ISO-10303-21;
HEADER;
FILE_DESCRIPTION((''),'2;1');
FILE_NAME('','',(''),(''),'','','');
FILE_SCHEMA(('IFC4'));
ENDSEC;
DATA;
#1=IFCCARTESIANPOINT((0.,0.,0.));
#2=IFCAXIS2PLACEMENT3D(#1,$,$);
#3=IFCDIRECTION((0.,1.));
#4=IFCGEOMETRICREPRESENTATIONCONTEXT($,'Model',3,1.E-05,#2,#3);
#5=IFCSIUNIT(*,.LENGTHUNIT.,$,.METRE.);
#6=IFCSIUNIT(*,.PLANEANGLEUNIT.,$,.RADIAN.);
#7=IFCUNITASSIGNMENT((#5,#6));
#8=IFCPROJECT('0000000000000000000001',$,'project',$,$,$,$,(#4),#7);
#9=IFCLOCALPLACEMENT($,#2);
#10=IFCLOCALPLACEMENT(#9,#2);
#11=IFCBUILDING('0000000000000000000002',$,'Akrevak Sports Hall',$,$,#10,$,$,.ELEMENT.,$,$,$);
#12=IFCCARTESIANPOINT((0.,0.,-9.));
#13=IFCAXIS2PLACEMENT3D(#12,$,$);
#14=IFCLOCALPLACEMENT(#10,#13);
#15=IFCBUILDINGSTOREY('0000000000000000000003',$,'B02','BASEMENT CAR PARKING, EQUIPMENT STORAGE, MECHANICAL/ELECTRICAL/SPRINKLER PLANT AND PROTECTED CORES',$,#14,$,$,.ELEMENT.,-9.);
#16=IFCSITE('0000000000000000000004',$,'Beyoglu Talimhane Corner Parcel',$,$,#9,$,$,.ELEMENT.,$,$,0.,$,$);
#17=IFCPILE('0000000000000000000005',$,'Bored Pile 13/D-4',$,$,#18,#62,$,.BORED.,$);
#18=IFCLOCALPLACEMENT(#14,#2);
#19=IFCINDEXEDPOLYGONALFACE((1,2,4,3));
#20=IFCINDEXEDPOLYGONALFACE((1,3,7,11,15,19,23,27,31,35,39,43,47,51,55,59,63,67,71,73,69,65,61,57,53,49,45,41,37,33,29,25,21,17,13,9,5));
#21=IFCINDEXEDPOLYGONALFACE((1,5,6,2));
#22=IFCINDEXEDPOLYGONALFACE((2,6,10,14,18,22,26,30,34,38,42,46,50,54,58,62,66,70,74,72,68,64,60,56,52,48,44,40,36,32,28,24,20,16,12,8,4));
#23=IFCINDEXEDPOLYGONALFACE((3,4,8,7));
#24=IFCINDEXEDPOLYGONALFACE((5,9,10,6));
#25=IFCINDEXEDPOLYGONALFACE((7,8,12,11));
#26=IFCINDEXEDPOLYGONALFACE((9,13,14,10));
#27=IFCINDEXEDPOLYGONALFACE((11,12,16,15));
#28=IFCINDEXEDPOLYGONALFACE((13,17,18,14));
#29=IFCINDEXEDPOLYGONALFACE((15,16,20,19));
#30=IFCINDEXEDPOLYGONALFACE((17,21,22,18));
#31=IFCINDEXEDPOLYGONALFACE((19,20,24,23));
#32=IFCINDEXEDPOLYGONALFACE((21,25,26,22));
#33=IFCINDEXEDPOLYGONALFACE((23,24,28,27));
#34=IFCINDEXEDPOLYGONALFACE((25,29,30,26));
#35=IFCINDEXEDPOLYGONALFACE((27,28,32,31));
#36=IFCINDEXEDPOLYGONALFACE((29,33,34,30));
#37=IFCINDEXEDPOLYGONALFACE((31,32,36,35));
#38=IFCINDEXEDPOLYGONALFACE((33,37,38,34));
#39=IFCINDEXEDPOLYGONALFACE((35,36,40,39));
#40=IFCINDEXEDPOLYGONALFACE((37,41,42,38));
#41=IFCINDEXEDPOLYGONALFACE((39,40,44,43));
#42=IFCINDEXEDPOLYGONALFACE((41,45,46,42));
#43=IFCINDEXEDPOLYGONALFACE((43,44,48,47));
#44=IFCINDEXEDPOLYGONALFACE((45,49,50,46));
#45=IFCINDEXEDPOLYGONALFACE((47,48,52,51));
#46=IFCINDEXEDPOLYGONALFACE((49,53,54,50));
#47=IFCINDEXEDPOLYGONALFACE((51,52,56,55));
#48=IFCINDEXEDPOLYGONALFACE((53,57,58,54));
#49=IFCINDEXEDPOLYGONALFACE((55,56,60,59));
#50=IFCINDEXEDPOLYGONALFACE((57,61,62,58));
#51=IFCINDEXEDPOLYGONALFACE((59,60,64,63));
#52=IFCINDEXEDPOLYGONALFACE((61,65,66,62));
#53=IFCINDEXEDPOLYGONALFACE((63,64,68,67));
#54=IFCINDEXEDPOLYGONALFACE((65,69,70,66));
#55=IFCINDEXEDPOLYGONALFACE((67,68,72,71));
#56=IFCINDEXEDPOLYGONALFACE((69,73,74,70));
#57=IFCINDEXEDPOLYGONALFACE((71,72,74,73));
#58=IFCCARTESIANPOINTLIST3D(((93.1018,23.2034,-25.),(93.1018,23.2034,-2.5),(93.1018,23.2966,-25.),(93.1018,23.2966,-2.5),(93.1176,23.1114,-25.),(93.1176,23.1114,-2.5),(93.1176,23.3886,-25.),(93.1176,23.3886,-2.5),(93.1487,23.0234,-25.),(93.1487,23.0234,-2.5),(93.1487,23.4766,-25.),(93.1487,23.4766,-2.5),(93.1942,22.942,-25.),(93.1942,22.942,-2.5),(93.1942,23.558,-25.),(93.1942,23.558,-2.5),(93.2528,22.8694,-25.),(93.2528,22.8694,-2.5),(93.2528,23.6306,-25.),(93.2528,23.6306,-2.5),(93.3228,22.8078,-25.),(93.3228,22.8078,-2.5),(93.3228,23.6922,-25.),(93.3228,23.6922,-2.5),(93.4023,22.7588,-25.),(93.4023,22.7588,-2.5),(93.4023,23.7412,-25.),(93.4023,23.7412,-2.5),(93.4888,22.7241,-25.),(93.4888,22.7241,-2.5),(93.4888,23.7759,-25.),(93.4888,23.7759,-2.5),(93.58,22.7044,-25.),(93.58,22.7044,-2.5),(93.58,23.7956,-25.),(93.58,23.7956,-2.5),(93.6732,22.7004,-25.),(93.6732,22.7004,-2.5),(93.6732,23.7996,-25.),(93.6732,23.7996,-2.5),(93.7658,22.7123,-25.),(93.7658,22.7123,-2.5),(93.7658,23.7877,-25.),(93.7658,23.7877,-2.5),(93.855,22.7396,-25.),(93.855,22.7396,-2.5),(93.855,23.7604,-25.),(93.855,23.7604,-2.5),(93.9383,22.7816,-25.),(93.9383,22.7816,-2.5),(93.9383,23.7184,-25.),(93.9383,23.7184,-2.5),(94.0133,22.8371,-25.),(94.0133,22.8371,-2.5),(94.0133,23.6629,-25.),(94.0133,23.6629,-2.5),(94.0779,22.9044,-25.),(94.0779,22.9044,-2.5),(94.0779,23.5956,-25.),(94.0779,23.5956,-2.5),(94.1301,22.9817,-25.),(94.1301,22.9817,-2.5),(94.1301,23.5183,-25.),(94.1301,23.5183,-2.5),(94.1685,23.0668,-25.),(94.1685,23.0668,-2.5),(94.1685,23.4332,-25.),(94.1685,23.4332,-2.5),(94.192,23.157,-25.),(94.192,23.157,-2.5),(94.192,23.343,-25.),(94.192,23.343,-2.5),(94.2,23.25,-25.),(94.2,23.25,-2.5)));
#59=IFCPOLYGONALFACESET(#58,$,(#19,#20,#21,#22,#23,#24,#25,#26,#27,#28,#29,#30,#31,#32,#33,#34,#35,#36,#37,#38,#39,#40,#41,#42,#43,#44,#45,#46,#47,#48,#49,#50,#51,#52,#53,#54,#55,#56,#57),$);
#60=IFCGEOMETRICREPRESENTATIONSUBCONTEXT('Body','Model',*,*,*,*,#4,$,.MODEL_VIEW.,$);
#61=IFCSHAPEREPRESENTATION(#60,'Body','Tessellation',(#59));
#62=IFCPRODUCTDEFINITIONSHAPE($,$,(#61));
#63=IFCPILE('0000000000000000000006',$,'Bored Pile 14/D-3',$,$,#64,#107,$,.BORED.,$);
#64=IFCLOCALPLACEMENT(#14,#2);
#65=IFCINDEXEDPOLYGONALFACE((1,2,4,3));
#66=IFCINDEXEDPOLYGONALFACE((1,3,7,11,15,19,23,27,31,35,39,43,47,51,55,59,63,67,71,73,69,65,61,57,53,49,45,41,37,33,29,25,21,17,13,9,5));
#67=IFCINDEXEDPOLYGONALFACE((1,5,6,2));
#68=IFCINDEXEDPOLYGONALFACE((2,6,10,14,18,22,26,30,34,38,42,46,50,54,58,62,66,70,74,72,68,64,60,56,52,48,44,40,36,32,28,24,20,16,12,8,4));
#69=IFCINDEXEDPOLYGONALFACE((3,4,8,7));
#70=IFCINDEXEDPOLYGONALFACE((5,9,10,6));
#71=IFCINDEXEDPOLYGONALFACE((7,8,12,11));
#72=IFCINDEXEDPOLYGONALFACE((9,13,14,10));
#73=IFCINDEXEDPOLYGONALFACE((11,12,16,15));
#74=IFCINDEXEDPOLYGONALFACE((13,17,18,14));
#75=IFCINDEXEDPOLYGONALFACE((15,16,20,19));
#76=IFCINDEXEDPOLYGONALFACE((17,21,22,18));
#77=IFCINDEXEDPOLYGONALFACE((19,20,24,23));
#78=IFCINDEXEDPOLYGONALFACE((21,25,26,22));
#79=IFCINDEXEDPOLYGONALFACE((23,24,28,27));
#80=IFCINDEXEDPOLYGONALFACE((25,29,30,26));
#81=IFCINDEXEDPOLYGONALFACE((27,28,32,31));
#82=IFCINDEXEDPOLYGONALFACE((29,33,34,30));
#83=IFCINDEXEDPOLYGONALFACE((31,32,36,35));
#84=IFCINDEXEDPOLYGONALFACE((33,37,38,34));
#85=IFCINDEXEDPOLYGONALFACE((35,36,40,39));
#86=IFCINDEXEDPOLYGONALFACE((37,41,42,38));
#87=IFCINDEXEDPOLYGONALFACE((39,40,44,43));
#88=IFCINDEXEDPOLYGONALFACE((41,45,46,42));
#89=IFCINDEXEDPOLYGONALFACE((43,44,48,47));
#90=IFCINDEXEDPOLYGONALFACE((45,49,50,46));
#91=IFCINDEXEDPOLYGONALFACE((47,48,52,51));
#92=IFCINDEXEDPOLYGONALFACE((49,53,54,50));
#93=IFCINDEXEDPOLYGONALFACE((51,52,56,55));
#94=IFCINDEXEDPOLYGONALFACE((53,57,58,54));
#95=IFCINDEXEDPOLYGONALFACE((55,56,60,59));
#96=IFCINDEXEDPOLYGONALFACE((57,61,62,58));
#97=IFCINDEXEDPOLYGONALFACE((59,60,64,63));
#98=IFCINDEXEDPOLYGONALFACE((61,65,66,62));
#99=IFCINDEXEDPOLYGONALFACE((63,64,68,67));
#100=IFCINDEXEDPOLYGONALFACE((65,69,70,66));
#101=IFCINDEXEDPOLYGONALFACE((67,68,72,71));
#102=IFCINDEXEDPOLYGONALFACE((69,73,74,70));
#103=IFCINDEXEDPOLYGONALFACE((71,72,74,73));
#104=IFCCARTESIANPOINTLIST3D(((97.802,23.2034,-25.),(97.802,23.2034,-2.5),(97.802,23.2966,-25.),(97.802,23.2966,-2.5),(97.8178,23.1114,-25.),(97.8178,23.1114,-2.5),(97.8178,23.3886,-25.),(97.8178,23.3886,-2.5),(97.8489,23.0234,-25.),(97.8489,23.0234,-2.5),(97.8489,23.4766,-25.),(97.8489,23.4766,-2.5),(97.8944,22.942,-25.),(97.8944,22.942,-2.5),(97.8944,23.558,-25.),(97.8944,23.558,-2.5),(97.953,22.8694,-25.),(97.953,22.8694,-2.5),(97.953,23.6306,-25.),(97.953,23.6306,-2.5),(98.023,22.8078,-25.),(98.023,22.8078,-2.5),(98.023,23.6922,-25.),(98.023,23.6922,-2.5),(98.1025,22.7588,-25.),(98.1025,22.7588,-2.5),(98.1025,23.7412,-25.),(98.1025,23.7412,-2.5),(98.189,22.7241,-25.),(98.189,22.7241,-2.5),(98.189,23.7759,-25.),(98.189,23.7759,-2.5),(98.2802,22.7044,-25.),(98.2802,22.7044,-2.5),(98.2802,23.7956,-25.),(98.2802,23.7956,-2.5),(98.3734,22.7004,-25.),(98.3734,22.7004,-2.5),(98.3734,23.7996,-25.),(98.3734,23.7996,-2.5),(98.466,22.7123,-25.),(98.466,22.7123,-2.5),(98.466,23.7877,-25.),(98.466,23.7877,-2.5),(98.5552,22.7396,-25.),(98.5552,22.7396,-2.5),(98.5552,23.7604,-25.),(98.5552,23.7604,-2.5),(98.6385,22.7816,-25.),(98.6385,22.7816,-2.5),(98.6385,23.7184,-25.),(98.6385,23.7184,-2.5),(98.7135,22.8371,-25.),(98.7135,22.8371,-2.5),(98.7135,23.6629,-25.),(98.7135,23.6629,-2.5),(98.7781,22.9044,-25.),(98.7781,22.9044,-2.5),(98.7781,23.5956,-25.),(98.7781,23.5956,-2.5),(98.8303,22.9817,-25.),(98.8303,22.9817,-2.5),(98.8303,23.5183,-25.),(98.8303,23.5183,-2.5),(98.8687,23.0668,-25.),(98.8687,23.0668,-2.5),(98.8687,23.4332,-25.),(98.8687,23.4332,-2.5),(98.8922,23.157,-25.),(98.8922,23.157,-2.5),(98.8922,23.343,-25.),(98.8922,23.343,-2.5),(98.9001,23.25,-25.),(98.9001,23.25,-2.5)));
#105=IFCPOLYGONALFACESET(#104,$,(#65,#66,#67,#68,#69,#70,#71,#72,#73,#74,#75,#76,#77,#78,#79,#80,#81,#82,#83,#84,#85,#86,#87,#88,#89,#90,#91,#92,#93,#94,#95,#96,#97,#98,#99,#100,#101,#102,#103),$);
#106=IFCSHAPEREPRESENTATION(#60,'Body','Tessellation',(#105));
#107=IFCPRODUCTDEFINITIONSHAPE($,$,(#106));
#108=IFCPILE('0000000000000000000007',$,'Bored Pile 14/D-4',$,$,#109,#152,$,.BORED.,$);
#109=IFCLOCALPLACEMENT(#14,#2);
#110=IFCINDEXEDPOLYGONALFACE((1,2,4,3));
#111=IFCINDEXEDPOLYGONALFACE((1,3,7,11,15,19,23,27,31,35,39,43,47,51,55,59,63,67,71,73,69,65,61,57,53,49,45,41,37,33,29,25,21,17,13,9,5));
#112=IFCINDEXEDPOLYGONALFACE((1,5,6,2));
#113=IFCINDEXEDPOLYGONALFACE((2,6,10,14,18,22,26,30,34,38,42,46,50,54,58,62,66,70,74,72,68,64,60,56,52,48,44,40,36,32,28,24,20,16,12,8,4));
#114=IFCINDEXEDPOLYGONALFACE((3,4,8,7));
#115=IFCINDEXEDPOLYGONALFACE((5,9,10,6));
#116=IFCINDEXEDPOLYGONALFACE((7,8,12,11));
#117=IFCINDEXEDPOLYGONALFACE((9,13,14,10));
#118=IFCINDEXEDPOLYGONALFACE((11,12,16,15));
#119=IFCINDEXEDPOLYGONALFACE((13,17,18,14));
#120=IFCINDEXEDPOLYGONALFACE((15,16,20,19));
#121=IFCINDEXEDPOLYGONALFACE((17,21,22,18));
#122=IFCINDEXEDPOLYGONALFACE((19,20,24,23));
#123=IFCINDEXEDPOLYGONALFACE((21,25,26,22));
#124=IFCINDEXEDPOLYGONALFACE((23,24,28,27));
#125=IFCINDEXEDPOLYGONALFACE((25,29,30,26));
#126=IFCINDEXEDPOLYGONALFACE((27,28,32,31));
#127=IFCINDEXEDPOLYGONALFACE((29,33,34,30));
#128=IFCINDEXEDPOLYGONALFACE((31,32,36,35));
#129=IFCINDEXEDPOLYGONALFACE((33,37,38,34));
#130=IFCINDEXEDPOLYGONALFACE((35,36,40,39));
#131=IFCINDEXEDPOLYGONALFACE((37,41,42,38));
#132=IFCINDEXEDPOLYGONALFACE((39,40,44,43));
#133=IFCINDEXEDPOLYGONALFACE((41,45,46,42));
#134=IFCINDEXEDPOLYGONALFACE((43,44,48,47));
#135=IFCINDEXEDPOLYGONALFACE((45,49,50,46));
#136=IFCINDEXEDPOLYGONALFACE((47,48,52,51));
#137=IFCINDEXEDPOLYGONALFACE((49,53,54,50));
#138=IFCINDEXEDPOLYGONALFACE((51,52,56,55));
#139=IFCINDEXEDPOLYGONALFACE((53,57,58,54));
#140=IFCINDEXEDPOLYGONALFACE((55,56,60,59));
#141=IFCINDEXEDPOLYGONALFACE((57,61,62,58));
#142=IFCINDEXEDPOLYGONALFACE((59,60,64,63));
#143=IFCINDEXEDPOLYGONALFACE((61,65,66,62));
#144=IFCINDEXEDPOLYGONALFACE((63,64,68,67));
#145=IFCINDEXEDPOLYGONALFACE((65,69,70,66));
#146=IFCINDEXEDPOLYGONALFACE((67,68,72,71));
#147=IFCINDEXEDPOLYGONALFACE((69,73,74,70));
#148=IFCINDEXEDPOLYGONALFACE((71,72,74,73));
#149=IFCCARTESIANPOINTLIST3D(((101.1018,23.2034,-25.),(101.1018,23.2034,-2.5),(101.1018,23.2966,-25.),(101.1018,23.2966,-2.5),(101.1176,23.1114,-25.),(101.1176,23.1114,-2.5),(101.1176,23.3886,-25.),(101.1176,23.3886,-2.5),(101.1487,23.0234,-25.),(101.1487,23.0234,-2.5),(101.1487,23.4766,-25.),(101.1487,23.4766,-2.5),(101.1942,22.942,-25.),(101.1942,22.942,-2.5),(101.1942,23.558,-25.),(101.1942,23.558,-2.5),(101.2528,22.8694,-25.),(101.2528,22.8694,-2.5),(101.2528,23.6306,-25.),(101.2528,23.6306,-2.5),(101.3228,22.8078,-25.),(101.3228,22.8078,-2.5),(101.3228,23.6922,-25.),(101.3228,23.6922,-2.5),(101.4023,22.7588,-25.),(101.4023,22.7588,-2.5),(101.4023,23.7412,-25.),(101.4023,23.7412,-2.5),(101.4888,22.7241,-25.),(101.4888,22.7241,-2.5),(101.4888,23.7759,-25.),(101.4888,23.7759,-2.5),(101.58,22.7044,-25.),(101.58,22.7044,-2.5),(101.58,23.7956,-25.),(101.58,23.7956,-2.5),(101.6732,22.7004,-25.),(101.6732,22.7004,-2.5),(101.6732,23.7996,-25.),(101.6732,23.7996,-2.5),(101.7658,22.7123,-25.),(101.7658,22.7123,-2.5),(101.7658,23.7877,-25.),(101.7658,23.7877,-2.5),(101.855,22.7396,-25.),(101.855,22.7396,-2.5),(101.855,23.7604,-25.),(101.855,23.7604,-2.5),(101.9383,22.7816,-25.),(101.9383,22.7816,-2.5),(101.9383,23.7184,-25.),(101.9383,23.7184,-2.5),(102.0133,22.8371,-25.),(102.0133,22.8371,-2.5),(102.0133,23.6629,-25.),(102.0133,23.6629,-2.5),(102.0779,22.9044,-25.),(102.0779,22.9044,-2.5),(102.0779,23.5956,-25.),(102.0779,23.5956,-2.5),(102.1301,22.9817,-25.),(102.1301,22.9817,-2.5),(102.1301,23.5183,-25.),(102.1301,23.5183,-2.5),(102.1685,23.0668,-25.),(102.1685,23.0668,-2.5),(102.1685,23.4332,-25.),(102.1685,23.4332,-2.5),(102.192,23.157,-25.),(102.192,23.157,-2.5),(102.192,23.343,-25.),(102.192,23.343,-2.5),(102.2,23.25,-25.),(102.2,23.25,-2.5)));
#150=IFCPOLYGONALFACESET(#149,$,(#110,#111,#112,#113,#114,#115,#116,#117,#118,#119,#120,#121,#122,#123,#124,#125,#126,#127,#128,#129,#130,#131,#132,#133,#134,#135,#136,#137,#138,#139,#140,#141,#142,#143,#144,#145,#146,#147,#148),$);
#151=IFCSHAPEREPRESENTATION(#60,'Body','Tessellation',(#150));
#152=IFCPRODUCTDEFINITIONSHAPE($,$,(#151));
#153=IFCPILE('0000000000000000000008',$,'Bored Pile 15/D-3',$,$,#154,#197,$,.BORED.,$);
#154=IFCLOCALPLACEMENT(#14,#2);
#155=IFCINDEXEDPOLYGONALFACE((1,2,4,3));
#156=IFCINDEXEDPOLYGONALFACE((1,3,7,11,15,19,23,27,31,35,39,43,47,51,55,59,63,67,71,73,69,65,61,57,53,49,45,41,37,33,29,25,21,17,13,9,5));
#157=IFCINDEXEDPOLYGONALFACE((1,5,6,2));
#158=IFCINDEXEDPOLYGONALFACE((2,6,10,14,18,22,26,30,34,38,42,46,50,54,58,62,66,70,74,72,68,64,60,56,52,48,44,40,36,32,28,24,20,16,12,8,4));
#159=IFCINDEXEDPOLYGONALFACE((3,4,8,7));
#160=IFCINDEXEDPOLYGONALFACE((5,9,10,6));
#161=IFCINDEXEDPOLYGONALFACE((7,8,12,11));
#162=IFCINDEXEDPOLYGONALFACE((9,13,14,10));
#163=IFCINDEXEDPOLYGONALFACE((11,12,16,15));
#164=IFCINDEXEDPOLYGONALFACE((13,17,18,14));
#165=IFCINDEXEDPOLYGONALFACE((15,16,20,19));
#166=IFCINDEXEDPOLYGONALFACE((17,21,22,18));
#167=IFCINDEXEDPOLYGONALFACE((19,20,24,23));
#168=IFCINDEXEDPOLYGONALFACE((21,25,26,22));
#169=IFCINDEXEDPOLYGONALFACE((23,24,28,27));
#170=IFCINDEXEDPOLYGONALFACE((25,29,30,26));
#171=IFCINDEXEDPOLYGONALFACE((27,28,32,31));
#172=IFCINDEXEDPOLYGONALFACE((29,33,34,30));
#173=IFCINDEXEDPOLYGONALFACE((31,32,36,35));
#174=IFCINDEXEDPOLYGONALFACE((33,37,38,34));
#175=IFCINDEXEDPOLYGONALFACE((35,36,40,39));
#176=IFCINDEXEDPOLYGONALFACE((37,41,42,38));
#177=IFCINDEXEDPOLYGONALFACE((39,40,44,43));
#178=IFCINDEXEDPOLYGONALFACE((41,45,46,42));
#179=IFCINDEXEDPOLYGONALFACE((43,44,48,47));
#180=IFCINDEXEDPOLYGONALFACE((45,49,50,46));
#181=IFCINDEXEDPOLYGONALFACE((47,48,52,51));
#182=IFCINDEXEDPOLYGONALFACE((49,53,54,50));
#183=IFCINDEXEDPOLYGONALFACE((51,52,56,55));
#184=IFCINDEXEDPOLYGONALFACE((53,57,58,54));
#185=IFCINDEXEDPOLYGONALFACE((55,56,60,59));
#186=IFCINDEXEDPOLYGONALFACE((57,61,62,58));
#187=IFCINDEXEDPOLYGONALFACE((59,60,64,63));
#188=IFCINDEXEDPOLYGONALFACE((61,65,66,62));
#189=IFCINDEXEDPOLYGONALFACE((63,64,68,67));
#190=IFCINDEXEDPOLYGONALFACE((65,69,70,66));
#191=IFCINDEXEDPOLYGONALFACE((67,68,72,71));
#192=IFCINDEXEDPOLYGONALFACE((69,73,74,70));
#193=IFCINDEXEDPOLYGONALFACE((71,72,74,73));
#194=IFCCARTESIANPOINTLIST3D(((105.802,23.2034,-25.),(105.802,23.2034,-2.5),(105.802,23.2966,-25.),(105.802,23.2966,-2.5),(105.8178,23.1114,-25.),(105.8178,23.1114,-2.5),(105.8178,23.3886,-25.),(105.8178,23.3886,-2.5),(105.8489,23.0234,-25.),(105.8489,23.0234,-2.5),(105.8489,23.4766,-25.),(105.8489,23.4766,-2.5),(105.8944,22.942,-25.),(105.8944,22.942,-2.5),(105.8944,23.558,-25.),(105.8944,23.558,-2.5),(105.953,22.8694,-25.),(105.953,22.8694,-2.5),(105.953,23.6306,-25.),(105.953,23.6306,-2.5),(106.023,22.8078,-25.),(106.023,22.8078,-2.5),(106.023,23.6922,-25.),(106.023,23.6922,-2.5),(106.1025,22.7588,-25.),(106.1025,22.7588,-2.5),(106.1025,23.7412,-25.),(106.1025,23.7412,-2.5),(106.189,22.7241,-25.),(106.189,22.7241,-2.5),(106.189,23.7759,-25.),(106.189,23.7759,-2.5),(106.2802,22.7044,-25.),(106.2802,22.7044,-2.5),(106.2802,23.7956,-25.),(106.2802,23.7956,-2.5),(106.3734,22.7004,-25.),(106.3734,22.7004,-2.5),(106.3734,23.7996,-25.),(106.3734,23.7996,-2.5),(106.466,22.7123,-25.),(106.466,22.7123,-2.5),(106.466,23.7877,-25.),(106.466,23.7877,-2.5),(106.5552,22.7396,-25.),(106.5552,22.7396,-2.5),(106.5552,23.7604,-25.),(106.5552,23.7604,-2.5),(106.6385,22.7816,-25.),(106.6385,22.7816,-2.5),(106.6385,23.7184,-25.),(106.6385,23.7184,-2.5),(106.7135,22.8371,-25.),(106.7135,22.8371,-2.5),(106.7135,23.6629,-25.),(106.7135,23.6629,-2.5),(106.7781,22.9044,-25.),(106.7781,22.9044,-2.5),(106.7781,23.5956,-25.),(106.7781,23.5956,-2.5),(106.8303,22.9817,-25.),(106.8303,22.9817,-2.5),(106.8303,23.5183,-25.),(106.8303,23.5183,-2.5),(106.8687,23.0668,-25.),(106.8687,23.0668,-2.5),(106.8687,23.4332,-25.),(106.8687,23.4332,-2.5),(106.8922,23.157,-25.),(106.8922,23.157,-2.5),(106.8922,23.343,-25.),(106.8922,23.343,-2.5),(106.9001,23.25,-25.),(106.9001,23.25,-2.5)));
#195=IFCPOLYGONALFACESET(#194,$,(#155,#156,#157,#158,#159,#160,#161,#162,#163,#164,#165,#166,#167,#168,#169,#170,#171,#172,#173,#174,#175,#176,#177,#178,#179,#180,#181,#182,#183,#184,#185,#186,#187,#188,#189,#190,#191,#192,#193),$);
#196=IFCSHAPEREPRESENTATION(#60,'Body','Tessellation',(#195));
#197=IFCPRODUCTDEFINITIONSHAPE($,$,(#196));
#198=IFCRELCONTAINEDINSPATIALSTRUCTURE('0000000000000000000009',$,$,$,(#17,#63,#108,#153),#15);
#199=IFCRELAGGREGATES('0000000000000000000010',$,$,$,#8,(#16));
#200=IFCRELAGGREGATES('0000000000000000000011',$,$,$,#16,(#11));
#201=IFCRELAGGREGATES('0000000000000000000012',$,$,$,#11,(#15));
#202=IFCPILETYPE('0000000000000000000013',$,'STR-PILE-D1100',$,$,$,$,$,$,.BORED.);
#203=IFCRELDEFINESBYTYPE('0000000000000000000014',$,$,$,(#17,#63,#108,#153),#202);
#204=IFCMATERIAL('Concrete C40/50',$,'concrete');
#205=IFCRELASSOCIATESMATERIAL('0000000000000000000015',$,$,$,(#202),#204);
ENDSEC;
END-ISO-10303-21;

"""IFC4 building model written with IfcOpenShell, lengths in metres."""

from ifc_helpers import new_model, si_unit, direction, frame, origin, origin_2d, place, context, subcontext, project, spatial, circle, extrude, material, material_profile, profile_set, type_object, element, save


model = new_model("IFC4")

# Units and contexts
model_context = context("Model", 3, precision=1e-05, world=origin(), true_north=direction((0.0, 1.0)))
body_context = subcontext(model_context, "Body", "Model", "MODEL_VIEW")
ifc_project = project(units=[si_unit("LENGTHUNIT", "METRE"), si_unit("PLANEANGLEUNIT", "RADIAN")], contexts=[model_context])

# Site, building, storey
site_placement = place(None, origin())
site = spatial("IfcSite", under=ifc_project, at=site_placement, Name="Beyoglu Talimhane Corner Parcel", CompositionType="ELEMENT", RefElevation=0.0)
building_placement = place(site_placement, origin())
building = spatial("IfcBuilding", under=site, at=building_placement, Name="Akrevak Sports Hall", CompositionType="ELEMENT")
storey_placement = place(building_placement, frame((0.0, 0.0, -9.0)))
storey = spatial("IfcBuildingStorey", under=building, at=storey_placement, Name="B02", Description="BASEMENT CAR PARKING, EQUIPMENT STORAGE, MECHANICAL/ELECTRICAL/SPRINKLER PLANT AND PROTECTED CORES", CompositionType="ELEMENT", Elevation=-9.0)

# Shared definitions
ifc_material_1 = material(Name="Concrete C40/50", Category="concrete")

# Piles
ifc_material_profile_1 = material_profile(ifc_material_1, circle(Radius=0.55, at=origin_2d()), Name="BORED PILE D1100", Category="concrete")
ifc_profile_set_1 = profile_set([ifc_material_profile_1], Name="Concrete C40/50")
pile_type_1 = type_object("IfcPileType", Name="STR-PILE-D1100", PredefinedType="BORED", material=ifc_profile_set_1)
for number, where, z_axis, x_axis, name in (
    (1, (93.6499, 23.25, -2.5), (0.0, 0.0, -1.0), (1.0, 0.0, 0.0), "Bored Pile 13/D-4"),
    (2, (98.3501, 23.25, -2.5), (0.0, 0.0, -1.0), (1.0, 0.0, 0.0), "Bored Pile 14/D-3"),
    (3, (101.6499, 23.25, -2.5), (0.0, 0.0, -1.0), (1.0, 0.0, 0.0), "Bored Pile 14/D-4"),
    (4, (106.3501, 23.25, -2.5), (0.0, 0.0, -1.0), (1.0, 0.0, 0.0), "Bored Pile 15/D-3"),
):
    element("IfcPile", number, at=place(storey_placement, frame(where, z_axis=z_axis, x_axis=x_axis)), inside=storey, type_object=pile_type_1, Name=name, PredefinedType="BORED", context=body_context, shape_type="SweptSolid", body=[
        extrude(circle(Radius=0.55, at=origin_2d()), origin(), (0.0, 0.0, 1.0), 22.5),
    ])

save(model, "model.ifc")
